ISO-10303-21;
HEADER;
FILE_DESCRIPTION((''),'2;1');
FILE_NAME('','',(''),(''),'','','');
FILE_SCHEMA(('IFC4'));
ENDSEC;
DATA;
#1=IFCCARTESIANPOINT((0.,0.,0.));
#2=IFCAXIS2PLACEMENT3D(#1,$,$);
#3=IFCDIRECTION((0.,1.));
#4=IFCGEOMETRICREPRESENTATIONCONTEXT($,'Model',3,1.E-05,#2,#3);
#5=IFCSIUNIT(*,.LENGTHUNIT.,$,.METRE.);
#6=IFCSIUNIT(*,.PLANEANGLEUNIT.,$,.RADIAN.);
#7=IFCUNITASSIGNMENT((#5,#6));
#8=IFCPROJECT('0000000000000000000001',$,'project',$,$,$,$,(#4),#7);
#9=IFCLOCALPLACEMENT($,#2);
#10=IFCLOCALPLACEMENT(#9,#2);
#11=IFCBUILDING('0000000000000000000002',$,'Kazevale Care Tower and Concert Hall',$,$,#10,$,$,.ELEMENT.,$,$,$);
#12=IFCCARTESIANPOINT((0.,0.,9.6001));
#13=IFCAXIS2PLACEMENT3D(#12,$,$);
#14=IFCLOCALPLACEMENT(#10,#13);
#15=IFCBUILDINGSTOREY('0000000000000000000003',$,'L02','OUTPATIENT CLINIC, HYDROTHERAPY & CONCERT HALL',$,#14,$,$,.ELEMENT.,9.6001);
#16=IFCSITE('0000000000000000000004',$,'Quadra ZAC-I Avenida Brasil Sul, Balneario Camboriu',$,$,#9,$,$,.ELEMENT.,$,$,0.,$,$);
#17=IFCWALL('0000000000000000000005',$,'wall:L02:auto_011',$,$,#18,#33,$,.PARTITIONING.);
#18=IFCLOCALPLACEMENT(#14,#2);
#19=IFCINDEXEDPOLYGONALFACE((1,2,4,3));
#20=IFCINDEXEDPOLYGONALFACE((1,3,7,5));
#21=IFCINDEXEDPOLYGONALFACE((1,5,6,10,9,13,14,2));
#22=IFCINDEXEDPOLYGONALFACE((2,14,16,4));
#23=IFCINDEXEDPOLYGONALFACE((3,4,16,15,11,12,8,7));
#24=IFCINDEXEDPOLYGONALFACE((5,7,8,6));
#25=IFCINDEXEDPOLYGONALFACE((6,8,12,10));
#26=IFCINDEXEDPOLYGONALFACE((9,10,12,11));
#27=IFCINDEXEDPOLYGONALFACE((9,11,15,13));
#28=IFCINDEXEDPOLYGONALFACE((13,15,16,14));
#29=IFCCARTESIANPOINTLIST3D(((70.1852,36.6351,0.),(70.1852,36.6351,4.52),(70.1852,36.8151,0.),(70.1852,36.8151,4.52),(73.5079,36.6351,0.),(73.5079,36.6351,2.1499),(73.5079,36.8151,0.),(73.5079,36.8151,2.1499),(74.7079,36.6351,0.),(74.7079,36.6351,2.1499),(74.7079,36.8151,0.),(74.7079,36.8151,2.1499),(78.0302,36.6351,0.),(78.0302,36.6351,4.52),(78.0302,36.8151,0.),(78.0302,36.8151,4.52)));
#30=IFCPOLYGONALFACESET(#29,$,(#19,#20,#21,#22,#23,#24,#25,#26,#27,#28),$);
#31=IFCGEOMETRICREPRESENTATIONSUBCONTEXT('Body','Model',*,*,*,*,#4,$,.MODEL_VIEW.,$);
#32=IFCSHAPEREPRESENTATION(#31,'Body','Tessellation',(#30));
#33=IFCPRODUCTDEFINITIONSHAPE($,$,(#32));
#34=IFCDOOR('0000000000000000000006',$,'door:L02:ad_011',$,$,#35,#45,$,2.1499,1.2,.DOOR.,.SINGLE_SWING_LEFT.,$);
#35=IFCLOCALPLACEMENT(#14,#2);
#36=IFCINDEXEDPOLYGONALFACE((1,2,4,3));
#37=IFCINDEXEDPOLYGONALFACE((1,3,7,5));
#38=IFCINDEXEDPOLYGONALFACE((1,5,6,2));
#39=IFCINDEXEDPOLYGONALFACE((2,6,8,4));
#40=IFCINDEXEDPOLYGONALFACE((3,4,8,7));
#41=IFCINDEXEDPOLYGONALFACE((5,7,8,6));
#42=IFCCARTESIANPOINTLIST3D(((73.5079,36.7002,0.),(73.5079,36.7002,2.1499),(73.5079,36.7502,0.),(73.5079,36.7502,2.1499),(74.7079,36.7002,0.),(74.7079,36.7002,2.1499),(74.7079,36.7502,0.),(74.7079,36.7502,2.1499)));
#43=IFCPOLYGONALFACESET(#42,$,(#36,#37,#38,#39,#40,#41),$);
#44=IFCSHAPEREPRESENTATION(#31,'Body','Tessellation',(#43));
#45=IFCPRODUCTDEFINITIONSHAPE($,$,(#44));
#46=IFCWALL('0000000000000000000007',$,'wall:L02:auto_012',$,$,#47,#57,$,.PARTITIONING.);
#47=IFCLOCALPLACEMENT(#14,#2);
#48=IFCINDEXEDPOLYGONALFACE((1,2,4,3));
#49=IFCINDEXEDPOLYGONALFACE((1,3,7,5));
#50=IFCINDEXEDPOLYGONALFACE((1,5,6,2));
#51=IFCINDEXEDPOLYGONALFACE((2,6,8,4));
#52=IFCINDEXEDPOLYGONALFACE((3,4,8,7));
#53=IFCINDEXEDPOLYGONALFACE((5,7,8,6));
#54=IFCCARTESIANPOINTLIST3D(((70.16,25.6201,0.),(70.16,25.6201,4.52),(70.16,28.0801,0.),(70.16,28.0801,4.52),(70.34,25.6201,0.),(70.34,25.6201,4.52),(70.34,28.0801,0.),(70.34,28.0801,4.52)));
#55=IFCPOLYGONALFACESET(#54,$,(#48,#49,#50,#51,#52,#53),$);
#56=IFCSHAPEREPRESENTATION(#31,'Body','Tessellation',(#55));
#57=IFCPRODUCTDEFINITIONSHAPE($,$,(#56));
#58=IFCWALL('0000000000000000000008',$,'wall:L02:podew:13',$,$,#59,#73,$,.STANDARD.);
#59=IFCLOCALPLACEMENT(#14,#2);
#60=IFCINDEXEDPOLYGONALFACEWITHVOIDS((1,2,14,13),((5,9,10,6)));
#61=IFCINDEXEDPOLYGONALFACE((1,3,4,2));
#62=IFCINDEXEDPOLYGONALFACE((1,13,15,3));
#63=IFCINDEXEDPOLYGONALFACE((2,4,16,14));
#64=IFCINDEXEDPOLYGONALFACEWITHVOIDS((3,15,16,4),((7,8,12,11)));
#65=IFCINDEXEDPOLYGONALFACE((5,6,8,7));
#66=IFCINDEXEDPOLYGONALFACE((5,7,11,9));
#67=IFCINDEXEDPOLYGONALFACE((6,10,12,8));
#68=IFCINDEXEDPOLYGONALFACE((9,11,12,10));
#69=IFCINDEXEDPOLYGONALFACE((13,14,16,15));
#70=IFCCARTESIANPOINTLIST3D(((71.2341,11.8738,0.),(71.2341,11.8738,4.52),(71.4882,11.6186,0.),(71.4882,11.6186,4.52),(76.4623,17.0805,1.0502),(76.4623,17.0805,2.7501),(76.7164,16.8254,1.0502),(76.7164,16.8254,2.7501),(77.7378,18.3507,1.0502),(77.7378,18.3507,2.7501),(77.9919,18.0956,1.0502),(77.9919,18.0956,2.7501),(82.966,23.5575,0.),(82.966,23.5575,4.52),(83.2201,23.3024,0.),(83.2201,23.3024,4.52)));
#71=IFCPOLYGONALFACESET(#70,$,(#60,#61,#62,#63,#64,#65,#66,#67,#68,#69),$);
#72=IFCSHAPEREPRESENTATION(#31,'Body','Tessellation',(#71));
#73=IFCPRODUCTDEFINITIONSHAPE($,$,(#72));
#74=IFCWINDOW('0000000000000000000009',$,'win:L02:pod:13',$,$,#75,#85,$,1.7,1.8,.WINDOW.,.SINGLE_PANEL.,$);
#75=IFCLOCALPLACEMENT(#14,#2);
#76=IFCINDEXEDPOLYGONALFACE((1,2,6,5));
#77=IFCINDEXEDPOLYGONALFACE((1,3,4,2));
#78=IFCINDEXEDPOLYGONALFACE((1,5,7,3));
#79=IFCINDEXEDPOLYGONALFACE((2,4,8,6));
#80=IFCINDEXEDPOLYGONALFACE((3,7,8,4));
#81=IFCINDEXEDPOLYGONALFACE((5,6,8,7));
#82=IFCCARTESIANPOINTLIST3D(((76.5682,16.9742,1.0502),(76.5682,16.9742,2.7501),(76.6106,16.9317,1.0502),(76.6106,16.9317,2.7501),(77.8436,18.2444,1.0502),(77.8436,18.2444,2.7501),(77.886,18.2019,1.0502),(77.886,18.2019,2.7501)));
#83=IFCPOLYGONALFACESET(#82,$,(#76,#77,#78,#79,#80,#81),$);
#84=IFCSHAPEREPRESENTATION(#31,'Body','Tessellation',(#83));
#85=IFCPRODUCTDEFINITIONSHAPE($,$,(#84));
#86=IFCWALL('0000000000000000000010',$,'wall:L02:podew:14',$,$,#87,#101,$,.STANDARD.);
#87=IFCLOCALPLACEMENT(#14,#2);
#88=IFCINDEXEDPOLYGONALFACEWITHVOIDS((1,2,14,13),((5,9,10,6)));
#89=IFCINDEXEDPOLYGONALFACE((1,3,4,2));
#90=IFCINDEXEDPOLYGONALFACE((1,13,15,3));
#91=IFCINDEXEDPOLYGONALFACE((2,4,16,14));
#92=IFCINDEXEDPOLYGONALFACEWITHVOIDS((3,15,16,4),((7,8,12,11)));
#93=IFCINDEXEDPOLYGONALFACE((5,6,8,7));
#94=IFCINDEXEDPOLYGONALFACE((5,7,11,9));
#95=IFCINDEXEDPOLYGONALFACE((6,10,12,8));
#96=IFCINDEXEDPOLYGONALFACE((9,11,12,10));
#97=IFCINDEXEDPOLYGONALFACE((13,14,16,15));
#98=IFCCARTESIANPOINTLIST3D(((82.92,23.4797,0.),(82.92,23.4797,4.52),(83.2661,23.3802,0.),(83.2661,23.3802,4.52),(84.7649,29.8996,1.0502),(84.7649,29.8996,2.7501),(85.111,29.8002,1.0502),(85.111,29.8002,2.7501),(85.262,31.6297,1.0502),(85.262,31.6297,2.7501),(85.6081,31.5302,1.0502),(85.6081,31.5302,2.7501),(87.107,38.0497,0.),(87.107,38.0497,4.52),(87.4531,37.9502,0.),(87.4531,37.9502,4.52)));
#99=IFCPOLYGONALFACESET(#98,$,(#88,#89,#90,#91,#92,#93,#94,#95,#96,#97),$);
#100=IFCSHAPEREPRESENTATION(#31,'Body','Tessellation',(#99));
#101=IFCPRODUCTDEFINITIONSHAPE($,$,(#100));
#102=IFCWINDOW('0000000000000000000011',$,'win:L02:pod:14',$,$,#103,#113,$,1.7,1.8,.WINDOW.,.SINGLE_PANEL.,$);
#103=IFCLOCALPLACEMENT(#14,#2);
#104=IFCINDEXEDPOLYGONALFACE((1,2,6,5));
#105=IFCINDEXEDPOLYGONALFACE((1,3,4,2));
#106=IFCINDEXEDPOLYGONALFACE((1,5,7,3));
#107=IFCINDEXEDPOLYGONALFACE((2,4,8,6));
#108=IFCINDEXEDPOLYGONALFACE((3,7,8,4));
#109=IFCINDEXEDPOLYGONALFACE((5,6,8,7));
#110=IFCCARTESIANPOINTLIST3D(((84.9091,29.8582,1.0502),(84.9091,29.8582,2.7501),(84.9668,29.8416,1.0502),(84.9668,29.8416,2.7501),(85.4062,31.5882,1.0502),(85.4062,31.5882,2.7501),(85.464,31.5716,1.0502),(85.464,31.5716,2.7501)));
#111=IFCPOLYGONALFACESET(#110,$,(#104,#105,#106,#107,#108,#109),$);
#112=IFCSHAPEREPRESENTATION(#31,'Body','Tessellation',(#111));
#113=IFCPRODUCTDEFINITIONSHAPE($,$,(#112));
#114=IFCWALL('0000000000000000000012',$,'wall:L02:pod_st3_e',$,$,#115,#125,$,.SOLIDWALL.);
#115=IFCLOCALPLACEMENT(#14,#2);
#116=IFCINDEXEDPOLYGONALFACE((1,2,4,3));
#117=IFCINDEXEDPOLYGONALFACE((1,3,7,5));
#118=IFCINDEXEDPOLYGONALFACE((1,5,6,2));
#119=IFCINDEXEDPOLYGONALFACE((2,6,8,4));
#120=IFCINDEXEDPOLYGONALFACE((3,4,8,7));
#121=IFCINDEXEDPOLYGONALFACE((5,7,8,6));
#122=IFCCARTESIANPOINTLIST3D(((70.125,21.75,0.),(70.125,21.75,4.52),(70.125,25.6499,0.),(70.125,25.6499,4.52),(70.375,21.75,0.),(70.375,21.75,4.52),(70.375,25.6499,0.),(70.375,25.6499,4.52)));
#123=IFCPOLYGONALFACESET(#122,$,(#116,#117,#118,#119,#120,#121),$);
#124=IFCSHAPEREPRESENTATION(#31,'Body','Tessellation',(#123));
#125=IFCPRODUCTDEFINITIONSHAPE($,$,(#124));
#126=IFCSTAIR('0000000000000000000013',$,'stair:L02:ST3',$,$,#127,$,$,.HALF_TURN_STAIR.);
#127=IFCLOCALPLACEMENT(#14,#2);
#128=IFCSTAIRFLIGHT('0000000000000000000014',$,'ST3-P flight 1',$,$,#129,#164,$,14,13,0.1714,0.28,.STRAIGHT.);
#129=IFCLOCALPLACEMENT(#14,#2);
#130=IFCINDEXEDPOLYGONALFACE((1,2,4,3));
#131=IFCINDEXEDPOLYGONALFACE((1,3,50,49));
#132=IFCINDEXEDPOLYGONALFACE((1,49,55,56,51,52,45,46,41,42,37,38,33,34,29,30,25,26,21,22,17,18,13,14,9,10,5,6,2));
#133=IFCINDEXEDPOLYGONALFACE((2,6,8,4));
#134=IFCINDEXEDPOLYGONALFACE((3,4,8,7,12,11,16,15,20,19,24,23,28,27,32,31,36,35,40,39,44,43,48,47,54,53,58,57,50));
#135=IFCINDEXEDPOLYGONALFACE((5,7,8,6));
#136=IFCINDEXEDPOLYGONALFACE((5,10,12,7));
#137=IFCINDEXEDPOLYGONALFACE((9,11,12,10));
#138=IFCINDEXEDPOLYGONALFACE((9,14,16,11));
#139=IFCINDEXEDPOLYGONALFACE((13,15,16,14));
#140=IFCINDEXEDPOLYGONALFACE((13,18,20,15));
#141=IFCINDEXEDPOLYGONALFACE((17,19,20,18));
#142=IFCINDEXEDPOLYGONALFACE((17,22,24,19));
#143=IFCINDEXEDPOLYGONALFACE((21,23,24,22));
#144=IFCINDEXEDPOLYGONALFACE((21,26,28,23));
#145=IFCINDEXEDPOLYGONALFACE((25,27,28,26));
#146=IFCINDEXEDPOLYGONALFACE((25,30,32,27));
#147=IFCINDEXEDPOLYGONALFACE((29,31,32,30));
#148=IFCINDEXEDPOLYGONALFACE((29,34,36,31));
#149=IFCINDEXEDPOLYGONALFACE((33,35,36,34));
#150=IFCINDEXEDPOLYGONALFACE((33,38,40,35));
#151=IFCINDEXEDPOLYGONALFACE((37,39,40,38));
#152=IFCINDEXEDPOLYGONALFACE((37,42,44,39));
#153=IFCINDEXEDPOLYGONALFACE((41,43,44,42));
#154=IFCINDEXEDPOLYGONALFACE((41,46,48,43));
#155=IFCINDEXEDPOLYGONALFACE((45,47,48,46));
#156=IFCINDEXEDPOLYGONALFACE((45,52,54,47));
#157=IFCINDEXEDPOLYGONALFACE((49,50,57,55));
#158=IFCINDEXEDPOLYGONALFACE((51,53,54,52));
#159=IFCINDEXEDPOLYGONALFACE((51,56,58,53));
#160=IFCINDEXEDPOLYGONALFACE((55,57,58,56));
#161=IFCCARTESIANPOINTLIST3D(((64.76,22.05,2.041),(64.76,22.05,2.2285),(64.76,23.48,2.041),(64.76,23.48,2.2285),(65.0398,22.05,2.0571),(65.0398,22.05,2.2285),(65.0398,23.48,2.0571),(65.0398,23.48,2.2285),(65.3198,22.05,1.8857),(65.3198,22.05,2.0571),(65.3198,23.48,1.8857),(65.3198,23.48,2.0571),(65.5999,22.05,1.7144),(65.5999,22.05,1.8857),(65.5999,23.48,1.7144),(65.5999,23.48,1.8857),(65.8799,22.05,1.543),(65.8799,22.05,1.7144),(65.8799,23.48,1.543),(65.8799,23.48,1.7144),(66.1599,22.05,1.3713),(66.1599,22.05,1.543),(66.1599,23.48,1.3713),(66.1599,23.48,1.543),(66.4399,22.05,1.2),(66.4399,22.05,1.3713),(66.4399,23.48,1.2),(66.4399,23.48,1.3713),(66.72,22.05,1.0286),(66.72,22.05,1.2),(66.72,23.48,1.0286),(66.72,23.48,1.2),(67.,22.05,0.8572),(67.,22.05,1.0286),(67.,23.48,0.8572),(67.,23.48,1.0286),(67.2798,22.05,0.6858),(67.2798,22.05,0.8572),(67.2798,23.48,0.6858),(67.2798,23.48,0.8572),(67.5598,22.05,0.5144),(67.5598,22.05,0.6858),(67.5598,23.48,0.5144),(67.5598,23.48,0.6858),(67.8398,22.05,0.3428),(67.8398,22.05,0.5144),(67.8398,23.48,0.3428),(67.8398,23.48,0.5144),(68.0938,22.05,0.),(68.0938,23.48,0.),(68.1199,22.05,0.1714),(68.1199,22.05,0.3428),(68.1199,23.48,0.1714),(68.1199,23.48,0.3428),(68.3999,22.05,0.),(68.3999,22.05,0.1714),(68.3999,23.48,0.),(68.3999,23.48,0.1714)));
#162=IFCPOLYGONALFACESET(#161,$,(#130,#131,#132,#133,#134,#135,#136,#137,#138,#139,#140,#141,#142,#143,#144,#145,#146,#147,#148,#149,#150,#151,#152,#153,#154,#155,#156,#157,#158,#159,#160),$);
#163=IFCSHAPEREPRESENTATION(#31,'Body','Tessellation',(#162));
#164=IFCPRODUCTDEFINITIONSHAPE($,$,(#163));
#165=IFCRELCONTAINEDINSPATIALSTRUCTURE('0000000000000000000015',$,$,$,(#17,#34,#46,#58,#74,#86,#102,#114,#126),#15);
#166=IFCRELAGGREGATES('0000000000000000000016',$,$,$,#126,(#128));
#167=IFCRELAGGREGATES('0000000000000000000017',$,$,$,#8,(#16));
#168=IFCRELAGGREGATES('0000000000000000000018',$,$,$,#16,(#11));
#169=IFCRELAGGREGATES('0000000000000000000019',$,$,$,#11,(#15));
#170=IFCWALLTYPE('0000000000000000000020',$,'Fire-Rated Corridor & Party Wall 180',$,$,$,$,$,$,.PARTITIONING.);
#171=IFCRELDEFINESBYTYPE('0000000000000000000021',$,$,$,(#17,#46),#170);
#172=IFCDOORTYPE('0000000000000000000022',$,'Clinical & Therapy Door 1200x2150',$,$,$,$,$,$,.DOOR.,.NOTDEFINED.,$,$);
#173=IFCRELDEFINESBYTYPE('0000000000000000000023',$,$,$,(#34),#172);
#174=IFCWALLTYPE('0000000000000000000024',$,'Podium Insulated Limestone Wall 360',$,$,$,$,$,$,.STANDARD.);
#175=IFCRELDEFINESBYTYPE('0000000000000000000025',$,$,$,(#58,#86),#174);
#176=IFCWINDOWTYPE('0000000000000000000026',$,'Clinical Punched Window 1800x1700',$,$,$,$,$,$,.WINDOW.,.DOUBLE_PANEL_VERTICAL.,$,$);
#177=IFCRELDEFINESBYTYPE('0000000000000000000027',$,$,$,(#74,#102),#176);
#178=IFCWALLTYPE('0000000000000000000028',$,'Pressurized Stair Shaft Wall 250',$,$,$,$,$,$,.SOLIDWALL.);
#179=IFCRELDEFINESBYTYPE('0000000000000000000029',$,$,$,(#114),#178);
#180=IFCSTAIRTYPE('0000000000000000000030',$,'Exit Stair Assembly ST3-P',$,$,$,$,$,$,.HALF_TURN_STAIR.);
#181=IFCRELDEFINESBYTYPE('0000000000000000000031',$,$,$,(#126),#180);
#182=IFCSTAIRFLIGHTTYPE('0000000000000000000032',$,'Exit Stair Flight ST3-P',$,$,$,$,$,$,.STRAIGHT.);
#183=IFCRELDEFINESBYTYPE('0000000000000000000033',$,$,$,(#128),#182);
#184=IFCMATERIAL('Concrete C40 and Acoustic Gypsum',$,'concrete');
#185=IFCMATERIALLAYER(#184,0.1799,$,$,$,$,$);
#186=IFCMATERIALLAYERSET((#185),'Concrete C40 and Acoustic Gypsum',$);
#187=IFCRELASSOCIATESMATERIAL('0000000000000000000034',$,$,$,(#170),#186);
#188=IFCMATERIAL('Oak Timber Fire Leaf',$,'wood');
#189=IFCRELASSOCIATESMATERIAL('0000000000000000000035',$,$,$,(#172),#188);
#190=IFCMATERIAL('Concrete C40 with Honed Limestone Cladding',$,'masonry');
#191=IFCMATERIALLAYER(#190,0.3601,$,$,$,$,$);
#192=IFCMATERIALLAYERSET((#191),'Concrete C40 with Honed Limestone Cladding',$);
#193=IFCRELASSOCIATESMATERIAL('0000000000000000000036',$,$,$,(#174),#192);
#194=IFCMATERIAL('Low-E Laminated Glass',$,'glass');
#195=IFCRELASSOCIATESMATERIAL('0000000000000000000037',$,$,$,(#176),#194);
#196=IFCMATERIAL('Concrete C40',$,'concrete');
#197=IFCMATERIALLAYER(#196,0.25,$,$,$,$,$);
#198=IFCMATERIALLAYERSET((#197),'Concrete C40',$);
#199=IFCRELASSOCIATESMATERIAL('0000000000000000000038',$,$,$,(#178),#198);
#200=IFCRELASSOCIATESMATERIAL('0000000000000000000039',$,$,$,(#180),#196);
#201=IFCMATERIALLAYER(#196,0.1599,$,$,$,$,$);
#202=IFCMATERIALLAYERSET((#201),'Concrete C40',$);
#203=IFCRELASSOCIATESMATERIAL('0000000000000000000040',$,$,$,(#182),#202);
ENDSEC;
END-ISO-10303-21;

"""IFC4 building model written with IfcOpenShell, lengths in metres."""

from ifc_helpers import new_model, si_unit, direction, frame, frame_2d, origin, place, context, subcontext, project, spatial, polyline, rectangle, outline, extrude, material, layer, layer_set, type_object, element, fill, aggregate, save


model = new_model("IFC4")

# Units and contexts
model_context = context("Model", 3, precision=1e-05, world=origin(), true_north=direction((0.0, 1.0)))
body_context = subcontext(model_context, "Body", "Model", "MODEL_VIEW")
ifc_project = project(units=[si_unit("LENGTHUNIT", "METRE"), si_unit("PLANEANGLEUNIT", "RADIAN")], contexts=[model_context])

# Site, building, storey
site_placement = place(None, origin())
site = spatial("IfcSite", under=ifc_project, at=site_placement, Name="Quadra ZAC-I Avenida Brasil Sul, Balneario Camboriu", CompositionType="ELEMENT", RefElevation=0.0)
building_placement = place(site_placement, origin())
building = spatial("IfcBuilding", under=site, at=building_placement, Name="Kazevale Care Tower and Concert Hall", CompositionType="ELEMENT")
storey_placement = place(building_placement, frame((0.0, 0.0, 9.6001)))
storey = spatial("IfcBuildingStorey", under=building, at=storey_placement, Name="L02", Description="OUTPATIENT CLINIC, HYDROTHERAPY & CONCERT HALL", CompositionType="ELEMENT", Elevation=9.6001)

# Wall, opening, door
ifc_material_1 = material(Name="Concrete C40 and Acoustic Gypsum", Category="concrete")
ifc_layer_1 = layer(ifc_material_1, 0.1799)
ifc_layer_set_1 = layer_set([ifc_layer_1], Name="Concrete C40 and Acoustic Gypsum")
wall_type_1 = type_object("IfcWallType", Name="Fire-Rated Corridor & Party Wall 180", PredefinedType="PARTITIONING", material=ifc_layer_set_1)
ifc_material_2 = material(Name="Oak Timber Fire Leaf", Category="wood")
door_type = type_object("IfcDoorType", Name="Clinical & Therapy Door 1200x2150", OperationType="NOTDEFINED", PredefinedType="DOOR", material=ifc_material_2)
wall_1_placement = place(storey_placement, frame((78.03, 36.7251, 0.0), z_axis=(0.0, 0.0, 1.0), x_axis=(-1.0, 0.0, 0.0)))
wall_1 = element("IfcWall", 1, at=wall_1_placement, inside=storey, type_object=wall_type_1, Name="wall:L02:auto_011", PredefinedType="PARTITIONING", context=body_context, shape_type="SweptSolid", body=[
    extrude(rectangle(XDim=7.845, YDim=0.1799, at=frame_2d((3.9224, 0.0))), origin(), (0.0, 0.0, 1.0), 4.52),
])
opening_1_placement = place(wall_1_placement, frame((3.322, 0.0, 0.0)))
opening_1 = element("IfcOpeningElement", 2, at=opening_1_placement, cuts=wall_1, PredefinedType="OPENING", context=body_context, shape_type="SweptSolid", body=[
    extrude(rectangle(XDim=1.2, YDim=2.1499, at=frame_2d((0.6001, 1.075))), frame((0.0, 0.0999, 0.0), z_axis=(0.0, -1.0, 0.0), x_axis=(1.0, 0.0, 0.0)), (0.0, 0.0, 1.0), 0.2),
])
door_1_placement = place(opening_1_placement, origin())
door_1 = element("IfcDoor", 3, at=door_1_placement, inside=storey, type_object=door_type, Name="door:L02:ad_011", OperationType="SINGLE_SWING_LEFT", OverallHeight=2.1499, OverallWidth=1.2, PredefinedType="DOOR", context=body_context, shape_type="SweptSolid", body=[
    extrude(rectangle(XDim=1.2, YDim=2.1499, at=frame_2d((0.6001, 1.075))), frame((0.0, 0.0249, 0.0), z_axis=(0.0, -1.0, 0.0), x_axis=(1.0, 0.0, 0.0)), (0.0, 0.0, 1.0), 0.05),
])
fill(opening_1, door_1)

# Wall
wall_2_placement = place(storey_placement, frame((70.25, 28.0801, 0.0), z_axis=(0.0, 0.0, 1.0), x_axis=(0.0, -1.0, 0.0)))
element("IfcWall", 4, at=wall_2_placement, inside=storey, type_object=wall_type_1, Name="wall:L02:auto_012", PredefinedType="PARTITIONING", context=body_context, shape_type="SweptSolid", body=[
    extrude(rectangle(XDim=2.46, YDim=0.1799, at=frame_2d((1.23, 0.0))), origin(), (0.0, 0.0, 1.0), 4.52),
])

# Walls, openings, windows
ifc_material_3 = material(Name="Concrete C40 with Honed Limestone Cladding", Category="masonry")
ifc_layer_2 = layer(ifc_material_3, 0.3601)
ifc_layer_set_2 = layer_set([ifc_layer_2], Name="Concrete C40 with Honed Limestone Cladding")
wall_type_2 = type_object("IfcWallType", Name="Podium Insulated Limestone Wall 360", PredefinedType="STANDARD", material=ifc_layer_set_2)
wall_3_placement = place(storey_placement, frame((71.3611, 11.7461, 0.0), z_axis=(0.0, 0.0, 1.0), x_axis=(0.708558, 0.705653, 0.0)))
wall_3 = element("IfcWall", 5, at=wall_3_placement, inside=storey, type_object=wall_type_2, Name="wall:L02:podew:13", PredefinedType="STANDARD", context=body_context, shape_type="SweptSolid", body=[
    extrude(rectangle(XDim=16.5574, YDim=0.3601, at=frame_2d((8.2788, 0.0))), origin(), (0.0, 0.0, 1.0), 4.52),
])
opening_2_placement = place(wall_3_placement, frame((7.3789, 0.0, 1.05)))
opening_2 = element("IfcOpeningElement", 6, at=opening_2_placement, cuts=wall_3, PredefinedType="OPENING", context=body_context, shape_type="SweptSolid", body=[
    extrude(rectangle(XDim=1.8, YDim=1.7, at=frame_2d((0.8999, 0.8501))), frame((0.0, 0.1899, 0.0), z_axis=(0.0, -1.0, 0.0), x_axis=(1.0, 0.0, 0.0)), (0.0, 0.0, 1.0), 0.3801),
])
ifc_material_4 = material(Name="Low-E Laminated Glass", Category="glass")
window_type = type_object("IfcWindowType", Name="Clinical Punched Window 1800x1700", PartitioningType="DOUBLE_PANEL_VERTICAL", PredefinedType="WINDOW", material=ifc_material_4)
window_1_placement = place(opening_2_placement, origin())
window_1 = element("IfcWindow", 7, at=window_1_placement, inside=storey, type_object=window_type, Name="win:L02:pod:13", OverallHeight=1.7, OverallWidth=1.8, PartitioningType="SINGLE_PANEL", PredefinedType="WINDOW", context=body_context, shape_type="SweptSolid", body=[
    extrude(rectangle(XDim=1.8, YDim=1.7, at=frame_2d((0.8999, 0.8501))), frame((0.0, 0.03, 0.0), z_axis=(0.0, -1.0, 0.0), x_axis=(1.0, 0.0, 0.0)), (0.0, 0.0, 1.0), 0.0601),
])
fill(opening_2, window_1)
wall_4_placement = place(storey_placement, frame((83.093, 23.4299, 0.0), z_axis=(0.0, 0.0, 1.0), x_axis=(0.276193, 0.961102, 0.0)))
wall_4 = element("IfcWall", 8, at=wall_4_placement, inside=storey, type_object=wall_type_2, Name="wall:L02:podew:14", PredefinedType="STANDARD", context=body_context, shape_type="SweptSolid", body=[
    extrude(rectangle(XDim=15.1597, YDim=0.3601, at=frame_2d((7.5798, 0.0))), origin(), (0.0, 0.0, 1.0), 4.52),
])
opening_3_placement = place(wall_4_placement, frame((6.6799, 0.0, 1.05)))
opening_3 = element("IfcOpeningElement", 9, at=opening_3_placement, cuts=wall_4, PredefinedType="OPENING", context=body_context, shape_type="SweptSolid", body=[
    extrude(rectangle(XDim=1.8, YDim=1.7, at=frame_2d((0.8999, 0.8501))), frame((0.0, 0.1899, 0.0), z_axis=(0.0, -1.0, 0.0), x_axis=(1.0, 0.0, 0.0)), (0.0, 0.0, 1.0), 0.3801),
])
window_2_placement = place(opening_3_placement, origin())
window_2 = element("IfcWindow", 10, at=window_2_placement, inside=storey, type_object=window_type, Name="win:L02:pod:14", OverallHeight=1.7, OverallWidth=1.8, PartitioningType="SINGLE_PANEL", PredefinedType="WINDOW", context=body_context, shape_type="SweptSolid", body=[
    extrude(rectangle(XDim=1.8, YDim=1.7, at=frame_2d((0.8999, 0.8501))), frame((0.0, 0.03, 0.0), z_axis=(0.0, -1.0, 0.0), x_axis=(1.0, 0.0, 0.0)), (0.0, 0.0, 1.0), 0.0601),
])
fill(opening_3, window_2)

# Wall
ifc_material_5 = material(Name="Concrete C40", Category="concrete")
ifc_layer_3 = layer(ifc_material_5, 0.25)
ifc_layer_set_3 = layer_set([ifc_layer_3], Name="Concrete C40")
wall_type_3 = type_object("IfcWallType", Name="Pressurized Stair Shaft Wall 250", PredefinedType="SOLIDWALL", material=ifc_layer_set_3)
wall_5_placement = place(storey_placement, frame((70.25, 21.75, 0.0), z_axis=(0.0, 0.0, 1.0), x_axis=(0.0, 1.0, 0.0)))
element("IfcWall", 11, at=wall_5_placement, inside=storey, type_object=wall_type_3, Name="wall:L02:pod_st3_e", PredefinedType="SOLIDWALL", context=body_context, shape_type="SweptSolid", body=[
    extrude(rectangle(XDim=3.8999, YDim=0.25, at=frame_2d((1.95, 0.0))), origin(), (0.0, 0.0, 1.0), 4.52),
])

# Stair, stair flight
stair_type = type_object("IfcStairType", Name="Exit Stair Assembly ST3-P", PredefinedType="HALF_TURN_STAIR", material=ifc_material_5)
stair_placement = place(storey_placement, origin())
stair = element("IfcStair", 12, at=stair_placement, inside=storey, type_object=stair_type, Name="stair:L02:ST3", PredefinedType="HALF_TURN_STAIR")
ifc_layer_4 = layer(ifc_material_5, 0.1599)
ifc_layer_set_4 = layer_set([ifc_layer_4], Name="Concrete C40")
stair_flight_type = type_object("IfcStairFlightType", Name="Exit Stair Flight ST3-P", PredefinedType="STRAIGHT", material=ifc_layer_set_4)
stair_flight_placement = place(storey_placement, frame((68.3999, 22.7649, 0.0), z_axis=(0.0, 0.0, 1.0), x_axis=(-1.0, 0.0, 0.0)))
stair_flight = element("IfcStairFlight", 13, at=stair_flight_placement, type_object=stair_flight_type, Name="ST3-P flight 1", NumberOfRisers=14, NumberOfTreads=13, PredefinedType="STRAIGHT", RiserHeight=0.1714, TreadLength=0.28, context=body_context, shape_type="SweptSolid", body=[
    extrude(outline(polyline([(0.0, 0.0), (0.0, 0.1714), (0.28, 0.1714), (0.28, 0.3428), (0.5601, 0.3428), (0.5601, 0.5144), (0.8401, 0.5144), (0.8401, 0.6858), (1.1201, 0.6858), (1.1201, 0.8572), (1.3999, 0.8572), (1.3999, 1.0286), (1.6799, 1.0286), (1.6799, 1.2), (1.96, 1.2), (1.96, 1.3713), (2.24, 1.3713), (2.24, 1.543), (2.52, 1.543), (2.52, 1.7144), (2.8, 1.7144), (2.8, 1.8857), (3.0801, 1.8857), (3.0801, 2.0571), (3.3601, 2.0571), (3.3601, 2.2285), (3.6399, 2.2285), (3.6399, 2.3999), (3.6399, 2.041), (0.3062, 0.0), (0.0, 0.0)])), frame((0.0, 0.7148, 0.0), z_axis=(0.0, -1.0, 0.0), x_axis=(1.0, 0.0, 0.0)), (0.0, 0.0, 1.0), 1.4299),
])
aggregate(stair, [stair_flight])

save(model, "model.ifc")
